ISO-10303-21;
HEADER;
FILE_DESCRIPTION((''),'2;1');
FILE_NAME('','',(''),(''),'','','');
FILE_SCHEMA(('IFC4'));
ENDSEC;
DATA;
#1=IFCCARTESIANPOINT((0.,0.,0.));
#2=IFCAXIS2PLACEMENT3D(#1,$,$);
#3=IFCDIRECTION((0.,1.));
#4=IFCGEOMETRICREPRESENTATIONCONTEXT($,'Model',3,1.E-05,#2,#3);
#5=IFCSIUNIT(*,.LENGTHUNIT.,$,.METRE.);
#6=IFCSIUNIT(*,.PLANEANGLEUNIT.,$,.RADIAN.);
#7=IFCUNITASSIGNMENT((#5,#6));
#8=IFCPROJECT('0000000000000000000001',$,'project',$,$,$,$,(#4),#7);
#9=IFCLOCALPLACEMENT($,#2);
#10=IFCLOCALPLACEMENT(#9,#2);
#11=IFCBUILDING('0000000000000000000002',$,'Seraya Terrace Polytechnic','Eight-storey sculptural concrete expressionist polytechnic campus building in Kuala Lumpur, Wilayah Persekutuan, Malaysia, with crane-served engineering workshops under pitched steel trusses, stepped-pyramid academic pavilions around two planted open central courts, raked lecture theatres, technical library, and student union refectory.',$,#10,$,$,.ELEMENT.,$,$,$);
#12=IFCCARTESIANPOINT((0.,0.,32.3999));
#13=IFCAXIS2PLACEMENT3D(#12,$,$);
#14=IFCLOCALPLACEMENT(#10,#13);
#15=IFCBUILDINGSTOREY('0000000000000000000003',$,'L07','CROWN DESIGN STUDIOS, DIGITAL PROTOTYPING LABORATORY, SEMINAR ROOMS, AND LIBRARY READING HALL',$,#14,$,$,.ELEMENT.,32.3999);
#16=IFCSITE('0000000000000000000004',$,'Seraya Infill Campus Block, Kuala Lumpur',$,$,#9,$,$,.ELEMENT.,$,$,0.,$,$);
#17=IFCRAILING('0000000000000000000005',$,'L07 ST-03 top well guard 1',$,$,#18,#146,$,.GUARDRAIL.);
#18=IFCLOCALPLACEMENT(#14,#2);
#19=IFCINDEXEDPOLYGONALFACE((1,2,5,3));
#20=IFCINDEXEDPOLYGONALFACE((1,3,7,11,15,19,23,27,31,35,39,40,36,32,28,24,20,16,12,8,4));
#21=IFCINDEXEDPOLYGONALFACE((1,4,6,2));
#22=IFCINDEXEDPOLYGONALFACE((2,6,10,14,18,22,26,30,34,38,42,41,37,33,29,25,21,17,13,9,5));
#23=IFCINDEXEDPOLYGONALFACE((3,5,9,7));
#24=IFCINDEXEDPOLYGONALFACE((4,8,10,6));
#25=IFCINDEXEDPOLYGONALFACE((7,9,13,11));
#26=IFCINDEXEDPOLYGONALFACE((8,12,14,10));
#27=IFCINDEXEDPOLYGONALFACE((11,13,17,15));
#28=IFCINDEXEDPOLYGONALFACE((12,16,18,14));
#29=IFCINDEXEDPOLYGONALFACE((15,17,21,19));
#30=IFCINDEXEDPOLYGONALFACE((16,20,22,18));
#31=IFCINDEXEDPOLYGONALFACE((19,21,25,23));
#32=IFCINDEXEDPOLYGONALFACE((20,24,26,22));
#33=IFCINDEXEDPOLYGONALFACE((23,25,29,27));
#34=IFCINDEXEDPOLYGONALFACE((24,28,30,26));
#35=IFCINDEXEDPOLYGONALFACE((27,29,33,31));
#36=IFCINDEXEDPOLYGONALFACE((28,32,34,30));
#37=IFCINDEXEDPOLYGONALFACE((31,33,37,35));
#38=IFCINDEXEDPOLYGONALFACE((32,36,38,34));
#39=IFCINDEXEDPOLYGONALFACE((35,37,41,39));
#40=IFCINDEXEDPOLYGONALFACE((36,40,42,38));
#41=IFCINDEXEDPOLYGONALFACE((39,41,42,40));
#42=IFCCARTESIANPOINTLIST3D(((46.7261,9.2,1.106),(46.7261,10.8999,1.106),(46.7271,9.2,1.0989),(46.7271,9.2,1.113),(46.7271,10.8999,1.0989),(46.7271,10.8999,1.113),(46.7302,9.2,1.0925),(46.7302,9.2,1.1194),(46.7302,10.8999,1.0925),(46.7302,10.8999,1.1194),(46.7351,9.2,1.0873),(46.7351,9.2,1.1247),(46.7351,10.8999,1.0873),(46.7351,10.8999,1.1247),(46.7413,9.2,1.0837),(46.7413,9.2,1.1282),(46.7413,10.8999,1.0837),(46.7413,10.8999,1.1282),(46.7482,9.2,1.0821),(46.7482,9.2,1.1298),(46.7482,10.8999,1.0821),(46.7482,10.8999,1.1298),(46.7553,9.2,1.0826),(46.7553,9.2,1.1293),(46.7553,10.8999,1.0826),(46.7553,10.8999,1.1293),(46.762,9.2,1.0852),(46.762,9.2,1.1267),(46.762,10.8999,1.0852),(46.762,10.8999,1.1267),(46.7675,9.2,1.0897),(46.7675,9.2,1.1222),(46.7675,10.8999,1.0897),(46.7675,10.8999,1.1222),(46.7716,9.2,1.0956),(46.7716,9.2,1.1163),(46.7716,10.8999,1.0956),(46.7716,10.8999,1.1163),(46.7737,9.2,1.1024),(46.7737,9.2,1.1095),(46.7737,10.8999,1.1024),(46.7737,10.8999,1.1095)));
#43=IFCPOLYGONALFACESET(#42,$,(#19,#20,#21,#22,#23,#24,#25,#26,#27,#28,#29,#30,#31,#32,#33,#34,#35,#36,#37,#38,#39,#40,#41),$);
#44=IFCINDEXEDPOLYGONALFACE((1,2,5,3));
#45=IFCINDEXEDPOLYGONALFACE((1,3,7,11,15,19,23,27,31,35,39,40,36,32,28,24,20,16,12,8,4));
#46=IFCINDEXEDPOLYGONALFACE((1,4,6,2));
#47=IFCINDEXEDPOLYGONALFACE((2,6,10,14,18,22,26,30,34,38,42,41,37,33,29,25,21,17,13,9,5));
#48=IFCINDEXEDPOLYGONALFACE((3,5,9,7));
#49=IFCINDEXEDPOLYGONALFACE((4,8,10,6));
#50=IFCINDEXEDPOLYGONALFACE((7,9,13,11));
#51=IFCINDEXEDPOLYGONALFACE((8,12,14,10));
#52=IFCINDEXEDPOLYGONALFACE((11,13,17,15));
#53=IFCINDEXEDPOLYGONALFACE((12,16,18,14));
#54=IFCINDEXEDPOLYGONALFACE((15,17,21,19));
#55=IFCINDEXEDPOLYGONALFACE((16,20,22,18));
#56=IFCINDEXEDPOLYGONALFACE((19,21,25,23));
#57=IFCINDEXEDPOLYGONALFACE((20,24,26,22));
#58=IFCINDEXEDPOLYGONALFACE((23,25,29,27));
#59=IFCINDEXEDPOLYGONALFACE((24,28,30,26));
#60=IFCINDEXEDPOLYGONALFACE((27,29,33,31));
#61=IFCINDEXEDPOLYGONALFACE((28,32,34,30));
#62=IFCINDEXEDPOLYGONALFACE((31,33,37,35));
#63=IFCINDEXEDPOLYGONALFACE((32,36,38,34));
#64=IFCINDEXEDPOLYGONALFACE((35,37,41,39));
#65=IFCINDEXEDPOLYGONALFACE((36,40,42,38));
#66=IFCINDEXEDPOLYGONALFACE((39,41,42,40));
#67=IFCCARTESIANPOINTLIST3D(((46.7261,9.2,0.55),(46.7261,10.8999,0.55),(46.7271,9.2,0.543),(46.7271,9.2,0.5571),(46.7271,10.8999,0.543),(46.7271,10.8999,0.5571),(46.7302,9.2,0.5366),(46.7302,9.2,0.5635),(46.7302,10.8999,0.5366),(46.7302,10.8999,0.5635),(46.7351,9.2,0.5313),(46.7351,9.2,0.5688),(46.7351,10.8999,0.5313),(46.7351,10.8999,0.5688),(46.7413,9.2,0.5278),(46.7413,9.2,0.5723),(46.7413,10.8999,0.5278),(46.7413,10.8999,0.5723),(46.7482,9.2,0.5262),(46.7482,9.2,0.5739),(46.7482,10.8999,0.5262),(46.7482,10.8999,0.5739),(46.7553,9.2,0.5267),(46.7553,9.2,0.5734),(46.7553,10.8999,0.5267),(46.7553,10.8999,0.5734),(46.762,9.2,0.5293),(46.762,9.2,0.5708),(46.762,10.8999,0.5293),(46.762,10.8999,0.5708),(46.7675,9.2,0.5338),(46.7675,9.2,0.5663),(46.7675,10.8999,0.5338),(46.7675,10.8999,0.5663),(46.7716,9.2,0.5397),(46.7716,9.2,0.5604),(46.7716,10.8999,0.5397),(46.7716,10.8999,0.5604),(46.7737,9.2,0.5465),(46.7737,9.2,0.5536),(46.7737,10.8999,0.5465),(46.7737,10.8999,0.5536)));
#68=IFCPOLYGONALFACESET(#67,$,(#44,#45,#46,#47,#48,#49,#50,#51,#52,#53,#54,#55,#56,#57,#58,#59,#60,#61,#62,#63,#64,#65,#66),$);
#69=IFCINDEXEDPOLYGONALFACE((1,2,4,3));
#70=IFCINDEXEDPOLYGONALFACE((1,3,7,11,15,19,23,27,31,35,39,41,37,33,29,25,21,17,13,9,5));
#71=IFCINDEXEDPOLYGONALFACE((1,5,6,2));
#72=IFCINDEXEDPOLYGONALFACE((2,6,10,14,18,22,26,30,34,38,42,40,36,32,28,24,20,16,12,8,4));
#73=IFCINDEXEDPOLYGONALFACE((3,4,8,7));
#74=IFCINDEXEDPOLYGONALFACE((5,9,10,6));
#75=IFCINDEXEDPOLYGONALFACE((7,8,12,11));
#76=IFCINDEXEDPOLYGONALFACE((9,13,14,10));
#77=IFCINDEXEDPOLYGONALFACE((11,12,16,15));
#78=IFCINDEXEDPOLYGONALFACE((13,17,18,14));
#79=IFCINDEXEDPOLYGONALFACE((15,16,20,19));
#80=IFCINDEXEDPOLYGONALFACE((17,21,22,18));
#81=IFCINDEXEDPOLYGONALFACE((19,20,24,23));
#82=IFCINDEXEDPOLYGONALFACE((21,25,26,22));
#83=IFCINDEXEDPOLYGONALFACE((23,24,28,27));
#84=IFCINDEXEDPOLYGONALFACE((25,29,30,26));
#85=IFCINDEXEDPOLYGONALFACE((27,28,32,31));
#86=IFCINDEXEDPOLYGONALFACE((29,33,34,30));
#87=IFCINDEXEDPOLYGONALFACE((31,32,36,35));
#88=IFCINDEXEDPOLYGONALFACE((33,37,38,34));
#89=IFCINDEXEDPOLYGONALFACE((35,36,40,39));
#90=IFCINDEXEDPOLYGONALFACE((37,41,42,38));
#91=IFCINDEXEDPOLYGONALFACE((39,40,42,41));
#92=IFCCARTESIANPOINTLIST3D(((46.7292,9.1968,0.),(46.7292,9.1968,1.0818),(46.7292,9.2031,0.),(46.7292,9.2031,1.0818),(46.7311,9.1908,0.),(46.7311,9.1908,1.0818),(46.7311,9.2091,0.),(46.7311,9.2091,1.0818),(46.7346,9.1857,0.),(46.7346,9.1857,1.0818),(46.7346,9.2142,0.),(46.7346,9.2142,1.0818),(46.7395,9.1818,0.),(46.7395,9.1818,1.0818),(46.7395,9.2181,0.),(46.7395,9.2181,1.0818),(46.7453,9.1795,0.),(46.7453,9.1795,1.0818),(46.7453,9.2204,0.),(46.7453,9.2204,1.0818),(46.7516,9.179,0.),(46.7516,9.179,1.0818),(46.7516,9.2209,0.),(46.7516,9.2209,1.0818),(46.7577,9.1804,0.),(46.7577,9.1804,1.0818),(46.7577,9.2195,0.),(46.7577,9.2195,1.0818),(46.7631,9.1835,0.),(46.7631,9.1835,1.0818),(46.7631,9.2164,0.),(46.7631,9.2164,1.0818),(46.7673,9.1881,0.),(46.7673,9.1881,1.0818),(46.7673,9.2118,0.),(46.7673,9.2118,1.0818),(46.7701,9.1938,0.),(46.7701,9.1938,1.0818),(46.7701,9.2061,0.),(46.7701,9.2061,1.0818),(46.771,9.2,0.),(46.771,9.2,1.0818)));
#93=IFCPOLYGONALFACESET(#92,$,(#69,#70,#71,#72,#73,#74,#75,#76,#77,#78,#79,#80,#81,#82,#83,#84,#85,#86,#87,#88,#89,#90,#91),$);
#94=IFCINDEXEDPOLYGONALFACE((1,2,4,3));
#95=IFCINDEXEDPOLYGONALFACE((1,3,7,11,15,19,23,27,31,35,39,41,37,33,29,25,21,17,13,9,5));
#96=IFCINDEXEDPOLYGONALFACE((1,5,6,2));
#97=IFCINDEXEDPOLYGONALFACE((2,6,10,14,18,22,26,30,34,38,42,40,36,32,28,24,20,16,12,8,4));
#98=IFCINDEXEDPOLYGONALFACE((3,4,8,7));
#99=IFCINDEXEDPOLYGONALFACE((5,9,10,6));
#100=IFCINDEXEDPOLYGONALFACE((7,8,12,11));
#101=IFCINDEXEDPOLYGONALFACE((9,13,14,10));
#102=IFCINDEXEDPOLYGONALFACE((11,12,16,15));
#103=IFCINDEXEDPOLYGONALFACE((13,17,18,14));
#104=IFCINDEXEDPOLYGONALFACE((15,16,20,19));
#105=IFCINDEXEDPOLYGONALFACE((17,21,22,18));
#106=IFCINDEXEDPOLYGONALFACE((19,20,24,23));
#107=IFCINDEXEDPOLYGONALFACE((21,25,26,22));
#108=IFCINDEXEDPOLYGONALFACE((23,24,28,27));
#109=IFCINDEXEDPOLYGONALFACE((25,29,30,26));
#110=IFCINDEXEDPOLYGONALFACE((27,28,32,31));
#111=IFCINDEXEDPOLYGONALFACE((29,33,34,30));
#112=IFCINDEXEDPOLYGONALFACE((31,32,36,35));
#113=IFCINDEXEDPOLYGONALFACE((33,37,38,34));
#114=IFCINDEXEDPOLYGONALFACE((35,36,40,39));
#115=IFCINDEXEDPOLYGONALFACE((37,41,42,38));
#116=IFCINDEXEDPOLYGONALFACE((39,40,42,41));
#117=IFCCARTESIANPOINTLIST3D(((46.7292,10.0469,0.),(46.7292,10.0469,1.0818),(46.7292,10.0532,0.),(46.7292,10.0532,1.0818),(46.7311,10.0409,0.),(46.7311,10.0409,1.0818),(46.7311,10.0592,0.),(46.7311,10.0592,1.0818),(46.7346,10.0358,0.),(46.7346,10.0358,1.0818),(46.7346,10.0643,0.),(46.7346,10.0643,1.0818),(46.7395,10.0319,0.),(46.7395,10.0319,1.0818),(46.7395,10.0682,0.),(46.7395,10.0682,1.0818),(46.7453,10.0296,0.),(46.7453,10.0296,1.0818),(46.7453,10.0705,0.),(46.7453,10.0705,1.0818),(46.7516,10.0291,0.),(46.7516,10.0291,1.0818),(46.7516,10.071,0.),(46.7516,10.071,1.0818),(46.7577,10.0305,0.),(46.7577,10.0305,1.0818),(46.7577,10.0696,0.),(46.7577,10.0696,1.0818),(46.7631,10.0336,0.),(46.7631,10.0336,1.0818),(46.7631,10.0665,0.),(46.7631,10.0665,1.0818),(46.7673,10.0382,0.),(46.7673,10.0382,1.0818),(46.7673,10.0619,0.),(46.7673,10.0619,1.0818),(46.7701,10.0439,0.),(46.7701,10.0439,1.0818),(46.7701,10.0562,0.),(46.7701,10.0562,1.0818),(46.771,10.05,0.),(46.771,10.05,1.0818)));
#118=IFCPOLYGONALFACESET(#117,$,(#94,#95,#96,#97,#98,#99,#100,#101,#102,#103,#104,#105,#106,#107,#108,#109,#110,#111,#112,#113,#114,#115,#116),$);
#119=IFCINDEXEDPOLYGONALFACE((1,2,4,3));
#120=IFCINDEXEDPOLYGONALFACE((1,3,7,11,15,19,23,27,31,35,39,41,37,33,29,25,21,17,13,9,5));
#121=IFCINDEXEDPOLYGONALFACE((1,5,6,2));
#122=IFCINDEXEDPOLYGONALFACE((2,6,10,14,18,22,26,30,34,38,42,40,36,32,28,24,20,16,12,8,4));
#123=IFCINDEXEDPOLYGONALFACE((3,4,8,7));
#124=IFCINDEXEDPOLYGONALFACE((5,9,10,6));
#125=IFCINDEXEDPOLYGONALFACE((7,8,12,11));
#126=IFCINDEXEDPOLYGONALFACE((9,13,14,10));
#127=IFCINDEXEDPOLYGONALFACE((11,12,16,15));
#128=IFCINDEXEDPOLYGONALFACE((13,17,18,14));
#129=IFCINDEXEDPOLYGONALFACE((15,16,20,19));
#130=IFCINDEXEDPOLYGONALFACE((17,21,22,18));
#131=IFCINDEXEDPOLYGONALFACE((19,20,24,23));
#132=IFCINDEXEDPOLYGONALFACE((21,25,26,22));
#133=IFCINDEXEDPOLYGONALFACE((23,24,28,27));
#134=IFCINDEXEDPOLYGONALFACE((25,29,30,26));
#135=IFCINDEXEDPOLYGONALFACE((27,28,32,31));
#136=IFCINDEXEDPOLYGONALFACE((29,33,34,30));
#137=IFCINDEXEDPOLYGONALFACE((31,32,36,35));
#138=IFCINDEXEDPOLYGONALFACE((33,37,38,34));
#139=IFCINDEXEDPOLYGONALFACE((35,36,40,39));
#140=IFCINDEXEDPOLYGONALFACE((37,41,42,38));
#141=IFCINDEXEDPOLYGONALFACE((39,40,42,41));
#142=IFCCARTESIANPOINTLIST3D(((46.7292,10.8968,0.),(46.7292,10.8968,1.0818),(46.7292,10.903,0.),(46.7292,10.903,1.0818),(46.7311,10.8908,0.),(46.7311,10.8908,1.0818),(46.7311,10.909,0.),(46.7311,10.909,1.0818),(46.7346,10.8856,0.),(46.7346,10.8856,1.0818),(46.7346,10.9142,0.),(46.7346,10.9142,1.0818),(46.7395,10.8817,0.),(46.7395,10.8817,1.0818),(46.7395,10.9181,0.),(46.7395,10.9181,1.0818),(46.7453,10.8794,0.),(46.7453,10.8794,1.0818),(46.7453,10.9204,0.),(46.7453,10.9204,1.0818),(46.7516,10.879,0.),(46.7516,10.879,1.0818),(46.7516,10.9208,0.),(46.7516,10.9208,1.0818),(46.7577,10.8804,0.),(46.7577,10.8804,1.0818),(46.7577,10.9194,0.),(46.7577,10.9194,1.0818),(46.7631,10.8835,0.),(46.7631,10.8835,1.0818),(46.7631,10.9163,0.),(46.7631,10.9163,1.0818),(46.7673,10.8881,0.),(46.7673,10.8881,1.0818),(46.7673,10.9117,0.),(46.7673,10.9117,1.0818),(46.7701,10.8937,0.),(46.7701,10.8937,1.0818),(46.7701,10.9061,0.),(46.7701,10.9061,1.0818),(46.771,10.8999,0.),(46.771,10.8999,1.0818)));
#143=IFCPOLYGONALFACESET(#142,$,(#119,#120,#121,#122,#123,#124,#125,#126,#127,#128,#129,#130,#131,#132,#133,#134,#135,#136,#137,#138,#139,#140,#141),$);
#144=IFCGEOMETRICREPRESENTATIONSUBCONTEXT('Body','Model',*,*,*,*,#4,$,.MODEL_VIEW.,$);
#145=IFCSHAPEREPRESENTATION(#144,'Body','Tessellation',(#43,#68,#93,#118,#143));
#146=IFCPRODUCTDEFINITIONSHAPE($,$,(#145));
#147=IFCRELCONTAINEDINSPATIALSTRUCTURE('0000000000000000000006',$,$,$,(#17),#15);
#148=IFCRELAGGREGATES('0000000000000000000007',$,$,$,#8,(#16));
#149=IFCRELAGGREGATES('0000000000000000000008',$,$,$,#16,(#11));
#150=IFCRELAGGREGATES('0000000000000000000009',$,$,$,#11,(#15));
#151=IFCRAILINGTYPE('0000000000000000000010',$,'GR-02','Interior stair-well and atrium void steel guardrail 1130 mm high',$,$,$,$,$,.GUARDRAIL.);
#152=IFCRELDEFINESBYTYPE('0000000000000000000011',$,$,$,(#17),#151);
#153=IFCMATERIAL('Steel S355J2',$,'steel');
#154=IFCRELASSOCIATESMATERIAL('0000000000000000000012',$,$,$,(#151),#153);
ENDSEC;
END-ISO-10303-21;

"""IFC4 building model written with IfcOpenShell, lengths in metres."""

from ifc_helpers import new_model, si_unit, direction, frame, origin, origin_2d, place, context, subcontext, project, spatial, circle, extrude, material, type_object, element, save


model = new_model("IFC4")

# Units and contexts
model_context = context("Model", 3, precision=1e-05, world=origin(), true_north=direction((0.0, 1.0)))
body_context = subcontext(model_context, "Body", "Model", "MODEL_VIEW")
ifc_project = project(units=[si_unit("LENGTHUNIT", "METRE"), si_unit("PLANEANGLEUNIT", "RADIAN")], contexts=[model_context])

# Site, building, storey
site_placement = place(None, origin())
site = spatial("IfcSite", under=ifc_project, at=site_placement, Name="Seraya Infill Campus Block, Kuala Lumpur", CompositionType="ELEMENT", RefElevation=0.0)
building_placement = place(site_placement, origin())
building = spatial("IfcBuilding", under=site, at=building_placement, Name="Seraya Terrace Polytechnic", Description="Eight-storey sculptural concrete expressionist polytechnic campus building in Kuala Lumpur, Wilayah Persekutuan, Malaysia, with crane-served engineering workshops under pitched steel trusses, stepped-pyramid academic pavilions around two planted open central courts, raked lecture theatres, technical library, and student union refectory.", CompositionType="ELEMENT")
storey_placement = place(building_placement, frame((0.0, 0.0, 32.3999)))
storey = spatial("IfcBuildingStorey", under=building, at=storey_placement, Name="L07", Description="CROWN DESIGN STUDIOS, DIGITAL PROTOTYPING LABORATORY, SEMINAR ROOMS, AND LIBRARY READING HALL", CompositionType="ELEMENT", Elevation=32.3999)

# Shared definitions
ifc_material_1 = material(Name="Steel S355J2", Category="steel")

# Railing
railing_type_1 = type_object("IfcRailingType", Name="GR-02", Description="Interior stair-well and atrium void steel guardrail 1130 mm high", PredefinedType="GUARDRAIL", material=ifc_material_1)
railing_1_placement = place(storey_placement, frame((46.75, 9.2, 0.0)))
element("IfcRailing", 1, at=railing_1_placement, inside=storey, type_object=railing_type_1, Name="L07 ST-03 top well guard 1", PredefinedType="GUARDRAIL", context=body_context, shape_type="SweptSolid", body=[
    extrude(circle(Radius=0.0239, at=origin_2d()), frame((0.0, 0.0, 1.106), z_axis=(0.0, 1.0, 0.0), x_axis=(-1.0, 0.0, 0.0)), (0.0, 0.0, 1.0), 1.7),
    extrude(circle(Radius=0.0239, at=origin_2d()), frame((0.0, 0.0, 0.55), z_axis=(0.0, 1.0, 0.0), x_axis=(-1.0, 0.0, 0.0)), (0.0, 0.0, 1.0), 1.7),
    extrude(circle(Radius=0.021, at=origin_2d()), origin(), (0.0, 0.0, 1.0), 1.0818),
    extrude(circle(Radius=0.021, at=origin_2d()), frame((0.0, 0.8501, 0.0)), (0.0, 0.0, 1.0), 1.0818),
    extrude(circle(Radius=0.021, at=origin_2d()), frame((0.0, 1.7, 0.0)), (0.0, 0.0, 1.0), 1.0818),
])

save(model, "model.ifc")
